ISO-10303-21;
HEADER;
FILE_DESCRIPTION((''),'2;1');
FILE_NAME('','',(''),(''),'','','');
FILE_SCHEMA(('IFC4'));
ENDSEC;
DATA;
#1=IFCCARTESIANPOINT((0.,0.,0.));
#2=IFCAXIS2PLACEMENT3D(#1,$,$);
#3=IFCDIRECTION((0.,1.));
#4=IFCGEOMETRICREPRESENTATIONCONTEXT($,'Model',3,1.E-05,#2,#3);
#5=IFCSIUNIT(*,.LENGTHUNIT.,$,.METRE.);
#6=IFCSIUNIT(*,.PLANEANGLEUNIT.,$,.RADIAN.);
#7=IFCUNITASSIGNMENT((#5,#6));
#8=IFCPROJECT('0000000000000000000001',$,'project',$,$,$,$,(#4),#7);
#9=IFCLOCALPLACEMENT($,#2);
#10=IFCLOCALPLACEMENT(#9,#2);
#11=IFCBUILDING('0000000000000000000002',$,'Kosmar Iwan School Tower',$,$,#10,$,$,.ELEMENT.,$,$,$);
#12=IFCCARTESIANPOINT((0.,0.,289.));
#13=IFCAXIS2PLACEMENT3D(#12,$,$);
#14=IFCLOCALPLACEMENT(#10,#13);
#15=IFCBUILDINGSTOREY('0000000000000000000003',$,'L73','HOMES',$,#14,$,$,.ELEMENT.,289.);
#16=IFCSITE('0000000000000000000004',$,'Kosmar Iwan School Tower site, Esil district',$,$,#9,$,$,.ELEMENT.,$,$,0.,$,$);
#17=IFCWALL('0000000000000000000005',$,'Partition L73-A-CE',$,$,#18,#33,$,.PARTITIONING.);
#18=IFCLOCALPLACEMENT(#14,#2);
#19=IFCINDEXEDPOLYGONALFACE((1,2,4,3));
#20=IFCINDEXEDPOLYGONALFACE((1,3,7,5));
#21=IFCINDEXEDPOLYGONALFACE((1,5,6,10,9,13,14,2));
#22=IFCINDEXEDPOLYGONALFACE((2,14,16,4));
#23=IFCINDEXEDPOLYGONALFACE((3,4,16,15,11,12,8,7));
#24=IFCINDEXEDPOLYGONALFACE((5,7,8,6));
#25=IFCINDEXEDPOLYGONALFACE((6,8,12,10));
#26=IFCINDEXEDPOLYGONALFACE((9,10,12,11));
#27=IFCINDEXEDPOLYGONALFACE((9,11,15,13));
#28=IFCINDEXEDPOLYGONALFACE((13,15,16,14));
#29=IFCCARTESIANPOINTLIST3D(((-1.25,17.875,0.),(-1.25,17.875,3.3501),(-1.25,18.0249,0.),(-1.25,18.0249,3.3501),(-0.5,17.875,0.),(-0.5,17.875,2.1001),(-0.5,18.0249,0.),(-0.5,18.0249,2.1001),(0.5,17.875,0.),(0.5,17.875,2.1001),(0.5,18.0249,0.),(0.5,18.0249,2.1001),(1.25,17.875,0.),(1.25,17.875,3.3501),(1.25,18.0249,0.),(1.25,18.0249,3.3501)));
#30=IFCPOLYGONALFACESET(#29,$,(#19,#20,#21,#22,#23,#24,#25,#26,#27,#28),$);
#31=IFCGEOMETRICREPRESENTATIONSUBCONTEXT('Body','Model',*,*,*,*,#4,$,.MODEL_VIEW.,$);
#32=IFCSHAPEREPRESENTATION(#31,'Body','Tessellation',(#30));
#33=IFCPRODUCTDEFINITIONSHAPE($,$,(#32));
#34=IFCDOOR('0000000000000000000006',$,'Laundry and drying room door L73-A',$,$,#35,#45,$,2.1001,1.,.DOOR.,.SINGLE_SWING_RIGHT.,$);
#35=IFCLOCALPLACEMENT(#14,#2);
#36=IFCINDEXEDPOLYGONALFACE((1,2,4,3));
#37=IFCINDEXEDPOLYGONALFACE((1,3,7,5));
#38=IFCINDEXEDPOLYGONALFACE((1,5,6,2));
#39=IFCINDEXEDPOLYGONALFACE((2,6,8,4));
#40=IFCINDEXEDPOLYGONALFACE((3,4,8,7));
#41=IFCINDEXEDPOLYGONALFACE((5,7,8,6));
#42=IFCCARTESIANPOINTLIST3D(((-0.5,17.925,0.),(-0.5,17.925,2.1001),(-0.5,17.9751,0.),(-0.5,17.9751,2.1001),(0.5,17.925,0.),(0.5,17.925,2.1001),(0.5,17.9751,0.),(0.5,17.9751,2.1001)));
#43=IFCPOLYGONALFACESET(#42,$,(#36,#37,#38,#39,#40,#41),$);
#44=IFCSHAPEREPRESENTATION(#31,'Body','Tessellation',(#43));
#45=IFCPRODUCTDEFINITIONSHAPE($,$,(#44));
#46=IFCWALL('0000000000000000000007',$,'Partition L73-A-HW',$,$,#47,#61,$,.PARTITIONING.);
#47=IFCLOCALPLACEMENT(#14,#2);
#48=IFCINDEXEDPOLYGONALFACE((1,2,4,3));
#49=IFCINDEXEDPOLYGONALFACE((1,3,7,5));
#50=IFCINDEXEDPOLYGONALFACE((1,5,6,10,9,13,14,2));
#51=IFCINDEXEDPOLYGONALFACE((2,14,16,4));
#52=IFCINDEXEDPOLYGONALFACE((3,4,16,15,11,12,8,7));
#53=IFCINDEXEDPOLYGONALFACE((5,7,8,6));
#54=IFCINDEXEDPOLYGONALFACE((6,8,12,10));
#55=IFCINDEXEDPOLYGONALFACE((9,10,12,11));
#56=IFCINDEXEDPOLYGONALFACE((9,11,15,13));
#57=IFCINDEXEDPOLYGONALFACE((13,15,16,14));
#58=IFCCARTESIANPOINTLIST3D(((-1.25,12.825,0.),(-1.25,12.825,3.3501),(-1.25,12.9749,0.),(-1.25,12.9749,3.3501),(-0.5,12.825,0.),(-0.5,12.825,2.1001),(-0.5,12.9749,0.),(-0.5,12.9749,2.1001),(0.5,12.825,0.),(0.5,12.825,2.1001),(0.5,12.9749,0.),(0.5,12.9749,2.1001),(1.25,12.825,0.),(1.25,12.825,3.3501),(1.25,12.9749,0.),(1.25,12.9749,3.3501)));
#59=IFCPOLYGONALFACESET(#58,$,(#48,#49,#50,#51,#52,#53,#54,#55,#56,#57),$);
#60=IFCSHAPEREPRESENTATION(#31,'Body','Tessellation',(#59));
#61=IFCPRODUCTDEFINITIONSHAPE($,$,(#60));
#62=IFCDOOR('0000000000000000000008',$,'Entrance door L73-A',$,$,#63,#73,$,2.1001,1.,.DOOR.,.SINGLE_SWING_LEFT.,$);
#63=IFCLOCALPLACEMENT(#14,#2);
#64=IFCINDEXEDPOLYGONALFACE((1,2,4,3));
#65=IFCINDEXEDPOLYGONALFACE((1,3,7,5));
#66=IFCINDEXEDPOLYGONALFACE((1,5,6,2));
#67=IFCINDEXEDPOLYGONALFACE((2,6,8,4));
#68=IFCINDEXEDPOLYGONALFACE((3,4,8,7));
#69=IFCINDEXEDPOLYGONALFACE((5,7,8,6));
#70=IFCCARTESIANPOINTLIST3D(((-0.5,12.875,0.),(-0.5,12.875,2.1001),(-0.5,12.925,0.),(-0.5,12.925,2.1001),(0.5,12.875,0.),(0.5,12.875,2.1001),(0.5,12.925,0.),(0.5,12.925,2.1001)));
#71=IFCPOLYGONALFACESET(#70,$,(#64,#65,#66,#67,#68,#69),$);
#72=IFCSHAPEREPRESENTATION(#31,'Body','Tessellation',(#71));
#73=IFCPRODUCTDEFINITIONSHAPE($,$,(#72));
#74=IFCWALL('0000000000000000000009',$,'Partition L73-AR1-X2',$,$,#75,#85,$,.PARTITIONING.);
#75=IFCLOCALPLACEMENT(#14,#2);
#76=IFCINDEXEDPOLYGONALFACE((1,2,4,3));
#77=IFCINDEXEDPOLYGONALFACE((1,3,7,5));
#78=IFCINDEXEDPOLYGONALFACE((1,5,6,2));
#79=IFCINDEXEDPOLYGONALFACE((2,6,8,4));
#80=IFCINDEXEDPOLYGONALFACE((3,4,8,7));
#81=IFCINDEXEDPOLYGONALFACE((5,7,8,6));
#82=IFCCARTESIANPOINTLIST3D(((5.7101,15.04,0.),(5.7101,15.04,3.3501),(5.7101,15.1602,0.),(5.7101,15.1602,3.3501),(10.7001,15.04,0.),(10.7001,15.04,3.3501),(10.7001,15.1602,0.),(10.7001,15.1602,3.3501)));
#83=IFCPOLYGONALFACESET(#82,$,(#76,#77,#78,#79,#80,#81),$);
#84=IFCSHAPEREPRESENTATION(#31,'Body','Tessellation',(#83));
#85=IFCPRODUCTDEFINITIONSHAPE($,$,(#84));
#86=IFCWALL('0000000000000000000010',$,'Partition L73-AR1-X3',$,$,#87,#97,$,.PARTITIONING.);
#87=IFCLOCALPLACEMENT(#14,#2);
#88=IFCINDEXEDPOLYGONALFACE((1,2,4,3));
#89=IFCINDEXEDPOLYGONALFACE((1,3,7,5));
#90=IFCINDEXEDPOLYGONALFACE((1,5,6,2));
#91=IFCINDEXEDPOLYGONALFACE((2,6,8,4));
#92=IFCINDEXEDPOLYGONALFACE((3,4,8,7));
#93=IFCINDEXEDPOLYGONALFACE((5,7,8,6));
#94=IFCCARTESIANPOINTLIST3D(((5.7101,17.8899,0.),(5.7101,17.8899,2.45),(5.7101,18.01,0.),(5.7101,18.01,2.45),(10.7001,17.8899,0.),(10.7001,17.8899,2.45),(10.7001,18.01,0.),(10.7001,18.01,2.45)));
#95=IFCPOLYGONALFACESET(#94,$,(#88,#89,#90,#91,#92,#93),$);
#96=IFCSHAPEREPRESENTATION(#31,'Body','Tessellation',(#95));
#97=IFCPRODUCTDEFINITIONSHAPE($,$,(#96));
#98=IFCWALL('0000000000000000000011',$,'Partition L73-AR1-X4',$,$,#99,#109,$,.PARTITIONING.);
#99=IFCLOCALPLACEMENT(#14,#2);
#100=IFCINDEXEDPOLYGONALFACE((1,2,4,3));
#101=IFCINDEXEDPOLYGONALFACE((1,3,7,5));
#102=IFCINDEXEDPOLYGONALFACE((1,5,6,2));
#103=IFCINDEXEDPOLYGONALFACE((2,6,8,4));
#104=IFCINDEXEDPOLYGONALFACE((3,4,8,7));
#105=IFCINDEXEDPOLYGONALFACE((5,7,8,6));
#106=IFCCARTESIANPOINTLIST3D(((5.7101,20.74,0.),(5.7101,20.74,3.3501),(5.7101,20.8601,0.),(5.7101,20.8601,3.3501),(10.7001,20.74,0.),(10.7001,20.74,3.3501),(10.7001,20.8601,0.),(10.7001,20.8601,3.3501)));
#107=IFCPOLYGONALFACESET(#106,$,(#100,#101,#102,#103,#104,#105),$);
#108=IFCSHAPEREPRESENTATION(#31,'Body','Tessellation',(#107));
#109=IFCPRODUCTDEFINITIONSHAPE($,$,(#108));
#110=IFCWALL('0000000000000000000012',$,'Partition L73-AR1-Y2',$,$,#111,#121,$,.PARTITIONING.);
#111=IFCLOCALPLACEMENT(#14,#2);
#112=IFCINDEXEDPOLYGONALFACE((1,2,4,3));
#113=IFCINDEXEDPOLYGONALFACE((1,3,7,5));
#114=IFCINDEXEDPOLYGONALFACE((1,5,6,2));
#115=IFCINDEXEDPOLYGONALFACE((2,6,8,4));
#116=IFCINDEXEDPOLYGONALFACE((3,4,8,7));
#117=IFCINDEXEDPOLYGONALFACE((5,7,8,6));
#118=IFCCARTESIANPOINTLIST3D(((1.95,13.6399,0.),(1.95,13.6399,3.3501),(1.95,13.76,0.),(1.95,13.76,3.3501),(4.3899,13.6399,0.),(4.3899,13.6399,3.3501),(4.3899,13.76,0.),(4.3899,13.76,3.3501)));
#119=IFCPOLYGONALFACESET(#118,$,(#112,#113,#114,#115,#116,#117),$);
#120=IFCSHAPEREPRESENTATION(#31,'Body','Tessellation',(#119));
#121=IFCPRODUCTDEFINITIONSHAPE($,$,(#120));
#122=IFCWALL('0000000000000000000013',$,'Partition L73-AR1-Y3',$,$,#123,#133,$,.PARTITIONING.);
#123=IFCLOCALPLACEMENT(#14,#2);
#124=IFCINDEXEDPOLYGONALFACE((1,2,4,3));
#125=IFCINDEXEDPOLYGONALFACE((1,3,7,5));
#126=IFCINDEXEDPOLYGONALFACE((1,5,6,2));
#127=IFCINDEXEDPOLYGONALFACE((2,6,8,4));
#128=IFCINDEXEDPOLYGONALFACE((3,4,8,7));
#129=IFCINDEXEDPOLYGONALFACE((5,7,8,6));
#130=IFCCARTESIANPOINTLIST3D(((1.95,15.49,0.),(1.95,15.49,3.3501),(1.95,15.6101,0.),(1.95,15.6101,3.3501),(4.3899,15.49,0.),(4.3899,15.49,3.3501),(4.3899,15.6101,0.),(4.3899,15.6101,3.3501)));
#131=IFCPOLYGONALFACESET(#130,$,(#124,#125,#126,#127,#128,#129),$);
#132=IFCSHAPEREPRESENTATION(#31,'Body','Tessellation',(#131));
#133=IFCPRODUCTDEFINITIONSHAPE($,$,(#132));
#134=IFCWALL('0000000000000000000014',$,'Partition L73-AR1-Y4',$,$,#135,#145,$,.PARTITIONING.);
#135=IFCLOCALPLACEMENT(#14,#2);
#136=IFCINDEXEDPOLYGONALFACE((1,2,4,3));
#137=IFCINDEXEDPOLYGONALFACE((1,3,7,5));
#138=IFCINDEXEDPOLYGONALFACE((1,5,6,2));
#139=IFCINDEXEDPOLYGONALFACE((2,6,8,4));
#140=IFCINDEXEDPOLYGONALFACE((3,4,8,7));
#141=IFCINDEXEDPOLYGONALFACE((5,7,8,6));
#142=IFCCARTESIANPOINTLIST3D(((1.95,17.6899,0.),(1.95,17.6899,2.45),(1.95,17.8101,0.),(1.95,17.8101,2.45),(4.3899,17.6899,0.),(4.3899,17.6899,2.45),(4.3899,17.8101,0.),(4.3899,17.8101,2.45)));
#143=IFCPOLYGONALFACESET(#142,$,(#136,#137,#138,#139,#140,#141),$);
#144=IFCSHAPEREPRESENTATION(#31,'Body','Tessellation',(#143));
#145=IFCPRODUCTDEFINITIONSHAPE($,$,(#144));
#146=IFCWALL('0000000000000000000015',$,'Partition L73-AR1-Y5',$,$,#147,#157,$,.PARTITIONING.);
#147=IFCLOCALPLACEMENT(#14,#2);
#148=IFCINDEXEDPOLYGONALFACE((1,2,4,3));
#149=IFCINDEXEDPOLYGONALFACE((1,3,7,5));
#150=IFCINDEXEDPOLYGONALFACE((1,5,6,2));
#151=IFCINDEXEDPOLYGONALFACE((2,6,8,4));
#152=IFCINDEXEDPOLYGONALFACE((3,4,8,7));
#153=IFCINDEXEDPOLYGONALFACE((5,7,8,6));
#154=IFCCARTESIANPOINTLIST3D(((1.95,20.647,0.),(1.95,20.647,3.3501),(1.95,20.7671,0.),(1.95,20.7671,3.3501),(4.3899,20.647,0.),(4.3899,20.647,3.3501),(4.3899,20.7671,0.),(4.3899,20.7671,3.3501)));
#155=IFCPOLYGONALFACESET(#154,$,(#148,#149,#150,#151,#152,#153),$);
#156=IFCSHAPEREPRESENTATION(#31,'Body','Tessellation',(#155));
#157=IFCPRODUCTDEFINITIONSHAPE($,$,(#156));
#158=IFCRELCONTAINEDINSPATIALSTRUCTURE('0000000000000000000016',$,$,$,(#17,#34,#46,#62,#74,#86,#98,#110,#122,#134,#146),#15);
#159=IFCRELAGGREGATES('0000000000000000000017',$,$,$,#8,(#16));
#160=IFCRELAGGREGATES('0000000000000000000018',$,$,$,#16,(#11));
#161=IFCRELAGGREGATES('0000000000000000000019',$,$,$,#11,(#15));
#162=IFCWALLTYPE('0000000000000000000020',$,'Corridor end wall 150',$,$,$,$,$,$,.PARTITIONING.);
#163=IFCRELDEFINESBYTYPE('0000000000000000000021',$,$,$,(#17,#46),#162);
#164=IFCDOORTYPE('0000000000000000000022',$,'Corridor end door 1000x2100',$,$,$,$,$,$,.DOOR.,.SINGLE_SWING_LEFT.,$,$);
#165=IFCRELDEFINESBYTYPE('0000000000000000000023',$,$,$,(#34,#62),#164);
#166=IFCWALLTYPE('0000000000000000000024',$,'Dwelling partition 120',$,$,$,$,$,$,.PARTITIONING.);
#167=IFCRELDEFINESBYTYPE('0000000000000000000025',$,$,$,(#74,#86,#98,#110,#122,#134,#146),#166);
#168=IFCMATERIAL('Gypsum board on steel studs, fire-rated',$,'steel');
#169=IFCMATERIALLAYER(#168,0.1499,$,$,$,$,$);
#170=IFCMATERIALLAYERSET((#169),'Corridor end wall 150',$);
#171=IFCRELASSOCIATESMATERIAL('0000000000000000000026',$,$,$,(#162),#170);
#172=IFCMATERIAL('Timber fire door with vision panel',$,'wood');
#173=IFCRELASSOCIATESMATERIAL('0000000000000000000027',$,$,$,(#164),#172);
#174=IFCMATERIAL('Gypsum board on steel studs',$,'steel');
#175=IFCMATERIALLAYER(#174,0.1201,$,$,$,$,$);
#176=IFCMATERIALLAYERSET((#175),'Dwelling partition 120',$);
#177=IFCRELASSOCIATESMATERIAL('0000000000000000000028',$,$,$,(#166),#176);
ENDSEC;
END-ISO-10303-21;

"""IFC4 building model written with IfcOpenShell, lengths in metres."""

from ifc_helpers import new_model, si_unit, direction, frame, frame_2d, origin, place, context, subcontext, project, spatial, rectangle, extrude, material, layer, layer_set, type_object, element, fill, save


model = new_model("IFC4")

# Units and contexts
model_context = context("Model", 3, precision=1e-05, world=origin(), true_north=direction((0.0, 1.0)))
body_context = subcontext(model_context, "Body", "Model", "MODEL_VIEW")
ifc_project = project(units=[si_unit("LENGTHUNIT", "METRE"), si_unit("PLANEANGLEUNIT", "RADIAN")], contexts=[model_context])

# Site, building, storey
site_placement = place(None, origin())
site = spatial("IfcSite", under=ifc_project, at=site_placement, Name="Kosmar Iwan School Tower site, Esil district", CompositionType="ELEMENT", RefElevation=0.0)
building_placement = place(site_placement, origin())
building = spatial("IfcBuilding", under=site, at=building_placement, Name="Kosmar Iwan School Tower", CompositionType="ELEMENT")
storey_placement = place(building_placement, frame((0.0, 0.0, 289.0)))
storey = spatial("IfcBuildingStorey", under=building, at=storey_placement, Name="L73", Description="HOMES", CompositionType="ELEMENT", Elevation=289.0)

# Walls, openings, doors
ifc_material_1 = material(Name="Gypsum board on steel studs, fire-rated", Category="steel")
ifc_layer_1 = layer(ifc_material_1, 0.1499)
ifc_layer_set_1 = layer_set([ifc_layer_1], Name="Corridor end wall 150")
wall_type_1 = type_object("IfcWallType", Name="Corridor end wall 150", PredefinedType="PARTITIONING", material=ifc_layer_set_1)
wall_1_placement = place(storey_placement, frame((1.25, 17.95, 0.0), z_axis=(0.0, 0.0, 1.0), x_axis=(-1.0, 0.0, 0.0)))
wall_1 = element("IfcWall", 1, at=wall_1_placement, inside=storey, type_object=wall_type_1, Name="Partition L73-A-CE", PredefinedType="PARTITIONING", context=body_context, shape_type="SweptSolid", body=[
    extrude(rectangle(XDim=2.5, YDim=0.1499, at=frame_2d((1.25, 0.0))), origin(), (0.0, 0.0, 1.0), 3.3501),
])
opening_1_placement = place(wall_1_placement, frame((0.75, 0.0, 0.0)))
opening_1 = element("IfcOpeningElement", 2, at=opening_1_placement, cuts=wall_1, PredefinedType="OPENING", context=body_context, shape_type="SweptSolid", body=[
    extrude(rectangle(XDim=1.0, YDim=2.1001, at=frame_2d((0.5, 1.05))), frame((0.0, 0.0869, 0.0), z_axis=(0.0, -1.0, 0.0), x_axis=(1.0, 0.0, 0.0)), (0.0, 0.0, 1.0), 0.1738),
])
ifc_material_2 = material(Name="Timber fire door with vision panel", Category="wood")
door_type = type_object("IfcDoorType", Name="Corridor end door 1000x2100", OperationType="SINGLE_SWING_LEFT", PredefinedType="DOOR", material=ifc_material_2)
door_1_placement = place(opening_1_placement, origin())
door_1 = element("IfcDoor", 3, at=door_1_placement, inside=storey, type_object=door_type, Name="Laundry and drying room door L73-A", OperationType="SINGLE_SWING_RIGHT", OverallHeight=2.1001, OverallWidth=1.0, PredefinedType="DOOR", context=body_context, shape_type="SweptSolid", body=[
    extrude(rectangle(XDim=1.0, YDim=2.1001, at=frame_2d((0.5, 1.05))), frame((0.0, 0.0249, 0.0), z_axis=(0.0, -1.0, 0.0), x_axis=(1.0, 0.0, 0.0)), (0.0, 0.0, 1.0), 0.05),
])
fill(opening_1, door_1)
wall_2_placement = place(storey_placement, frame((1.25, 12.8999, 0.0), z_axis=(0.0, 0.0, 1.0), x_axis=(-1.0, 0.0, 0.0)))
wall_2 = element("IfcWall", 4, at=wall_2_placement, inside=storey, type_object=wall_type_1, Name="Partition L73-A-HW", PredefinedType="PARTITIONING", context=body_context, shape_type="SweptSolid", body=[
    extrude(rectangle(XDim=2.5, YDim=0.1499, at=frame_2d((1.25, 0.0))), origin(), (0.0, 0.0, 1.0), 3.3501),
])
opening_2_placement = place(wall_2_placement, frame((0.75, 0.0, 0.0)))
opening_2 = element("IfcOpeningElement", 5, at=opening_2_placement, cuts=wall_2, PredefinedType="OPENING", context=body_context, shape_type="SweptSolid", body=[
    extrude(rectangle(XDim=1.0, YDim=2.1001, at=frame_2d((0.5, 1.05))), frame((0.0, 0.0869, 0.0), z_axis=(0.0, -1.0, 0.0), x_axis=(1.0, 0.0, 0.0)), (0.0, 0.0, 1.0), 0.1738),
])
door_2_placement = place(opening_2_placement, origin())
door_2 = element("IfcDoor", 6, at=door_2_placement, inside=storey, type_object=door_type, Name="Entrance door L73-A", OperationType="SINGLE_SWING_LEFT", OverallHeight=2.1001, OverallWidth=1.0, PredefinedType="DOOR", context=body_context, shape_type="SweptSolid", body=[
    extrude(rectangle(XDim=1.0, YDim=2.1001, at=frame_2d((0.5, 1.05))), frame((0.0, 0.0249, 0.0), z_axis=(0.0, -1.0, 0.0), x_axis=(1.0, 0.0, 0.0)), (0.0, 0.0, 1.0), 0.05),
])
fill(opening_2, door_2)

# Walls
ifc_material_3 = material(Name="Gypsum board on steel studs", Category="steel")
ifc_layer_2 = layer(ifc_material_3, 0.1201)
ifc_layer_set_2 = layer_set([ifc_layer_2], Name="Dwelling partition 120")
wall_type_2 = type_object("IfcWallType", Name="Dwelling partition 120", PredefinedType="PARTITIONING", material=ifc_layer_set_2)
wall_3_placement = place(storey_placement, frame((5.71, 15.1001, 0.0), z_axis=(0.0, 0.0, 1.0), x_axis=(1.0, 0.0, 0.0)))
element("IfcWall", 7, at=wall_3_placement, inside=storey, type_object=wall_type_2, Name="Partition L73-AR1-X2", PredefinedType="PARTITIONING", context=body_context, shape_type="SweptSolid", body=[
    extrude(rectangle(XDim=4.99, YDim=0.1201, at=frame_2d((2.4951, 0.0))), origin(), (0.0, 0.0, 1.0), 3.3501),
])
wall_4_placement = place(storey_placement, frame((5.71, 17.95, 0.0), z_axis=(0.0, 0.0, 1.0), x_axis=(1.0, 0.0, 0.0)))
element("IfcWall", 8, at=wall_4_placement, inside=storey, type_object=wall_type_2, Name="Partition L73-AR1-X3", PredefinedType="PARTITIONING", context=body_context, shape_type="SweptSolid", body=[
    extrude(rectangle(XDim=4.99, YDim=0.1201, at=frame_2d((2.4951, 0.0))), origin(), (0.0, 0.0, 1.0), 2.45),
])
wall_5_placement = place(storey_placement, frame((5.71, 20.8, 0.0), z_axis=(0.0, 0.0, 1.0), x_axis=(1.0, 0.0, 0.0)))
element("IfcWall", 9, at=wall_5_placement, inside=storey, type_object=wall_type_2, Name="Partition L73-AR1-X4", PredefinedType="PARTITIONING", context=body_context, shape_type="SweptSolid", body=[
    extrude(rectangle(XDim=4.99, YDim=0.1201, at=frame_2d((2.4951, 0.0))), origin(), (0.0, 0.0, 1.0), 3.3501),
])
for number, where, z_axis, x_axis, name in (
    (10, (1.95, 13.7, 0.0), (0.0, 0.0, 1.0), (1.0, 0.0, 0.0), "Partition L73-AR1-Y2"),
    (11, (1.95, 15.55, 0.0), (0.0, 0.0, 1.0), (1.0, 0.0, 0.0), "Partition L73-AR1-Y3"),
):
    element("IfcWall", number, at=place(storey_placement, frame(where, z_axis=z_axis, x_axis=x_axis)), inside=storey, type_object=wall_type_2, Name=name, PredefinedType="PARTITIONING", context=body_context, shape_type="SweptSolid", body=[
        extrude(rectangle(XDim=2.4399, YDim=0.1201, at=frame_2d((1.22, 0.0))), origin(), (0.0, 0.0, 1.0), 3.3501),
    ])
wall_6_placement = place(storey_placement, frame((1.95, 17.75, 0.0), z_axis=(0.0, 0.0, 1.0), x_axis=(1.0, 0.0, 0.0)))
element("IfcWall", 12, at=wall_6_placement, inside=storey, type_object=wall_type_2, Name="Partition L73-AR1-Y4", PredefinedType="PARTITIONING", context=body_context, shape_type="SweptSolid", body=[
    extrude(rectangle(XDim=2.4399, YDim=0.1201, at=frame_2d((1.22, 0.0))), origin(), (0.0, 0.0, 1.0), 2.45),
])
wall_7_placement = place(storey_placement, frame((1.95, 20.707, 0.0), z_axis=(0.0, 0.0, 1.0), x_axis=(1.0, 0.0, 0.0)))
element("IfcWall", 13, at=wall_7_placement, inside=storey, type_object=wall_type_2, Name="Partition L73-AR1-Y5", PredefinedType="PARTITIONING", context=body_context, shape_type="SweptSolid", body=[
    extrude(rectangle(XDim=2.4399, YDim=0.1201, at=frame_2d((1.22, 0.0))), origin(), (0.0, 0.0, 1.0), 3.3501),
])

save(model, "model.ifc")
